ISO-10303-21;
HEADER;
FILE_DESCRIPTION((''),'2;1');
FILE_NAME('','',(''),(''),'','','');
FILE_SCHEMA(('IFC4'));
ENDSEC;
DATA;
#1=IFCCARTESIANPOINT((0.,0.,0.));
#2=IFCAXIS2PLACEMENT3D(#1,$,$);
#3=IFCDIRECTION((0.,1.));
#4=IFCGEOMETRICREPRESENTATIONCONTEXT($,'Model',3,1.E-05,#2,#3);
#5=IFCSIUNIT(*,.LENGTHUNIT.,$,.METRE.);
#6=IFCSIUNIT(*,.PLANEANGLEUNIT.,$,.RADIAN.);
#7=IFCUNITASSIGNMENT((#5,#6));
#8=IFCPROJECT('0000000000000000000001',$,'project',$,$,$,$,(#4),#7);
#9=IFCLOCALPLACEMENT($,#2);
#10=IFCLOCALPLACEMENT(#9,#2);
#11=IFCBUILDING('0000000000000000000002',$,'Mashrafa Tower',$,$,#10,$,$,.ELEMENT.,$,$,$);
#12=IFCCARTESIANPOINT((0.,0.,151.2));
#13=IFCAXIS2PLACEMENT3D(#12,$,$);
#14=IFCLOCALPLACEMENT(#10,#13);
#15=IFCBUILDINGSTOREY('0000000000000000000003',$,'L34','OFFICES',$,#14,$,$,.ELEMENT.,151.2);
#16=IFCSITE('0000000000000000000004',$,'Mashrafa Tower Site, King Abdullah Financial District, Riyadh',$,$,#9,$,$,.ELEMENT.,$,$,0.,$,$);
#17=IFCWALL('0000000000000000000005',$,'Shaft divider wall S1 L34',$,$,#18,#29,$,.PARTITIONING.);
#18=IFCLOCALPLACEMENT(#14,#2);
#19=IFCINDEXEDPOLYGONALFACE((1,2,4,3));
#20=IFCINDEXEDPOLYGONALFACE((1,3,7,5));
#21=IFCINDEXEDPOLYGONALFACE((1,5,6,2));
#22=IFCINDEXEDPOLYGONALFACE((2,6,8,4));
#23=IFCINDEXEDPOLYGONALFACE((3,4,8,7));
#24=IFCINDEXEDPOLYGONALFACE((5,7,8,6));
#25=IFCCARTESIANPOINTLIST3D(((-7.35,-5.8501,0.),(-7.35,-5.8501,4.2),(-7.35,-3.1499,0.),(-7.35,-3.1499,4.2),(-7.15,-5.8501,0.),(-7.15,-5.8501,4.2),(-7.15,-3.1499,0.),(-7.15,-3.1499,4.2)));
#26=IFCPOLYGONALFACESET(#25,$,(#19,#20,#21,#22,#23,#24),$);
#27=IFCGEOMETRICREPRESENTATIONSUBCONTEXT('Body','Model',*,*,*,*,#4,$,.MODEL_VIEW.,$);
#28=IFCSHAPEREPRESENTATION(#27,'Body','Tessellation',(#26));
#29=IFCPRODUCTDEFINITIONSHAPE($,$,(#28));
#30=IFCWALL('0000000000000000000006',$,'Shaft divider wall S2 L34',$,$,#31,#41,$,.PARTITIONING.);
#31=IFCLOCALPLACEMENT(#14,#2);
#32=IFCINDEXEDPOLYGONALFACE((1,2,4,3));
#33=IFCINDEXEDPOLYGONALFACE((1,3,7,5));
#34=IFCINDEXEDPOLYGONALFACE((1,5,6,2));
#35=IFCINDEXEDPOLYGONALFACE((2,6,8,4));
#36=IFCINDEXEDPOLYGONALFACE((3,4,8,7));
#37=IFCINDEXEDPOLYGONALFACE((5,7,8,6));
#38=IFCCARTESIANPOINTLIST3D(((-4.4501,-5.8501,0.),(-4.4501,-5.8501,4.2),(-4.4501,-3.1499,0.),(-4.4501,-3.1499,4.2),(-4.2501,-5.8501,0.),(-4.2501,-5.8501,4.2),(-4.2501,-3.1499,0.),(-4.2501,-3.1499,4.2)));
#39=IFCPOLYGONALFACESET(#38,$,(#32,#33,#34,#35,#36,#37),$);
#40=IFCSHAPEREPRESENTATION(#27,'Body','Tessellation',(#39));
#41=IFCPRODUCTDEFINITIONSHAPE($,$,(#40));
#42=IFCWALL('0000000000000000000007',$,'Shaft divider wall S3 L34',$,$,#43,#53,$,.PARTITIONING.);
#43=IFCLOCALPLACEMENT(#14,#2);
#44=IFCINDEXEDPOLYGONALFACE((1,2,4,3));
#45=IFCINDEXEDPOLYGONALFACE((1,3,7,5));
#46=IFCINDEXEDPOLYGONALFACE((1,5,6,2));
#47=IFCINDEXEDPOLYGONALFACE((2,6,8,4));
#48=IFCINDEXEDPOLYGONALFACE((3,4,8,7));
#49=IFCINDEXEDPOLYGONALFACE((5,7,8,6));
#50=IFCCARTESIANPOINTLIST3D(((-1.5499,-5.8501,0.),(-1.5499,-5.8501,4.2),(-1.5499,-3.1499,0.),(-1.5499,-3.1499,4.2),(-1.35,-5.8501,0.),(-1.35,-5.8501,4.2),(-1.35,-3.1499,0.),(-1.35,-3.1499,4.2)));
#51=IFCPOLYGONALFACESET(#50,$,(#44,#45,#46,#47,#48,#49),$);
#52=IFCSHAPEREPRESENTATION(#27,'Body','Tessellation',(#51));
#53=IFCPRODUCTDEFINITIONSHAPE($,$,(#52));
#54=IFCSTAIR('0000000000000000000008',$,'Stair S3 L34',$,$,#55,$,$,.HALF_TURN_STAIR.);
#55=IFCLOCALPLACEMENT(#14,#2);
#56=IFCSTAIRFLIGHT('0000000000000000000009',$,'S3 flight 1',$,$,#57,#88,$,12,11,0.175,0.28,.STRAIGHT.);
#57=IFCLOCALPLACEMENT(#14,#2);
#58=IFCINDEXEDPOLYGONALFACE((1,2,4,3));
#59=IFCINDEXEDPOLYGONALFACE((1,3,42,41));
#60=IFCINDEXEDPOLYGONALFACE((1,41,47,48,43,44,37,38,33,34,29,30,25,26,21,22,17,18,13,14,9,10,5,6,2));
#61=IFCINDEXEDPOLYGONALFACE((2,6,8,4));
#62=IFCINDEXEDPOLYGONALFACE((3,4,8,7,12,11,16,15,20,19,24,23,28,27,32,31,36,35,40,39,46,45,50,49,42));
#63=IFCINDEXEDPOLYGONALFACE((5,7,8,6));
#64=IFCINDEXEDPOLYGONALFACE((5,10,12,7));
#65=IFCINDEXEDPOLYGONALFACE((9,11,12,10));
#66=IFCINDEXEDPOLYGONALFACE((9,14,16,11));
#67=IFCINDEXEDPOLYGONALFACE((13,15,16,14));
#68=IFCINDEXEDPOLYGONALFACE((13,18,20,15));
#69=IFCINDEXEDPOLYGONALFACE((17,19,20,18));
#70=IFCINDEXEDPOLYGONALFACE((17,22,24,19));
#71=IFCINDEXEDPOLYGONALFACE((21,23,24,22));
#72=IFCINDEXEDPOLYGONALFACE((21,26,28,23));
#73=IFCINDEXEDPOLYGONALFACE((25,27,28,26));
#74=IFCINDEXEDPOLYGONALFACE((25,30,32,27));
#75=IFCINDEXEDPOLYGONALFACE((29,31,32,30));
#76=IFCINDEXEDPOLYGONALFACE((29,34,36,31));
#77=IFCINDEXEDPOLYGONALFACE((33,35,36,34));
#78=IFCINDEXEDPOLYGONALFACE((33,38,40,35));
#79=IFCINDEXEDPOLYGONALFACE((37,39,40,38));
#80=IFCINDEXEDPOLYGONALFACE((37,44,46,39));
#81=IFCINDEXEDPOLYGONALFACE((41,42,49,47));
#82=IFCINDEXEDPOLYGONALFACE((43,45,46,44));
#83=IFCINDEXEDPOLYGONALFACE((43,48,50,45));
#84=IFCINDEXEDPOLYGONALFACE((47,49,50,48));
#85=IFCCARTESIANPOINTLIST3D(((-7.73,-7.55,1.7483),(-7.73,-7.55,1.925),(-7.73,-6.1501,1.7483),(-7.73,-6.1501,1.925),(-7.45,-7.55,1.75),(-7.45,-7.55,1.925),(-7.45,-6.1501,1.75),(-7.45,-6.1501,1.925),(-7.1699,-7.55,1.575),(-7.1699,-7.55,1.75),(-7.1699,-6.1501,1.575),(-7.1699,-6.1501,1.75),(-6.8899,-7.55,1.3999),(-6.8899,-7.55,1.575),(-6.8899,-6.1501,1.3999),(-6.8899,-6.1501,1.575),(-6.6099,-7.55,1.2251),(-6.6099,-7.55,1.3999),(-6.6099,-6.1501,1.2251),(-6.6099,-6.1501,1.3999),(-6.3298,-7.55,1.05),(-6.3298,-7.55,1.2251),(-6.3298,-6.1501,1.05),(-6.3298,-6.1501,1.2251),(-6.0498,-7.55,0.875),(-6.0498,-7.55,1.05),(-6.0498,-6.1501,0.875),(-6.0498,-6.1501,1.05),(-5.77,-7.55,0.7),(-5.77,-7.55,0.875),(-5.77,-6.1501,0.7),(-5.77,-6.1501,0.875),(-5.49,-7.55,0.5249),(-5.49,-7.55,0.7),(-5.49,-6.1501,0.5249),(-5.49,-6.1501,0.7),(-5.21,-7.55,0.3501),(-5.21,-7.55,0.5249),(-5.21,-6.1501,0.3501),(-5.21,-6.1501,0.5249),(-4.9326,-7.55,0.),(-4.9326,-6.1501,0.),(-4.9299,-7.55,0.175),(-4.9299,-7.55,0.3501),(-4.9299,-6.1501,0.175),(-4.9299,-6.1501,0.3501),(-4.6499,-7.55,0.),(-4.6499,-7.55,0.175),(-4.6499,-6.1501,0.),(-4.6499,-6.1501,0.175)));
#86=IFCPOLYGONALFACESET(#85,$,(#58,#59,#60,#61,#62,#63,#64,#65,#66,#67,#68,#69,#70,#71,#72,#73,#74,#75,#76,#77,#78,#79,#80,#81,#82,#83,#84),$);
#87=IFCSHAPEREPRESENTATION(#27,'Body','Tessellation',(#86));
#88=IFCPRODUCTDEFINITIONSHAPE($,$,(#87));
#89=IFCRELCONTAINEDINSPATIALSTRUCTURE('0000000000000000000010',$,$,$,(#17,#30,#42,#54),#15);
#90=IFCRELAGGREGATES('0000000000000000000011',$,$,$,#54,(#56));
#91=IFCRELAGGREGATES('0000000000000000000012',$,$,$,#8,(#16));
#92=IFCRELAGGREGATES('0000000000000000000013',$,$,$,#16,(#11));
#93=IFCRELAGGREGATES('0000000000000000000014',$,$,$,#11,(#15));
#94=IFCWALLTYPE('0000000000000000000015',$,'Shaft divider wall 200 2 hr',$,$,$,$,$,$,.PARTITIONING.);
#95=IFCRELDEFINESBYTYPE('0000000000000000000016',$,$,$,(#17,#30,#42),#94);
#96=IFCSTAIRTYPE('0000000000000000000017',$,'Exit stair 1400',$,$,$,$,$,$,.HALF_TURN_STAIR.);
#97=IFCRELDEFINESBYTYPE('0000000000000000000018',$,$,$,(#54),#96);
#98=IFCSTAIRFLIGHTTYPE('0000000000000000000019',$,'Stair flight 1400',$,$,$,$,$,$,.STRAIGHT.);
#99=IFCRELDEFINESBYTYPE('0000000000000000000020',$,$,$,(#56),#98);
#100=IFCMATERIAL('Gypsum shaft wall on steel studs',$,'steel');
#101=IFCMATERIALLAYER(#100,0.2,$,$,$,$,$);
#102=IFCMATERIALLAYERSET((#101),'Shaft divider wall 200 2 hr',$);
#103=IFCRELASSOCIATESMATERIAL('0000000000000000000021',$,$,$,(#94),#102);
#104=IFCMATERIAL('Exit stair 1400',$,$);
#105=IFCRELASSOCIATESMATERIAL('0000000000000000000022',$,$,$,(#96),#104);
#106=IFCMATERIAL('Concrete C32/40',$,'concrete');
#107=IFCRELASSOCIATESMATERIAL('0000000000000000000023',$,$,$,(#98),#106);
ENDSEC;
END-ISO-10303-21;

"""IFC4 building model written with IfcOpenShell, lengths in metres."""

from ifc_helpers import new_model, si_unit, direction, frame, frame_2d, origin, place, context, subcontext, project, spatial, polyline, rectangle, outline, extrude, material, layer, layer_set, type_object, element, aggregate, save


model = new_model("IFC4")

# Units and contexts
model_context = context("Model", 3, precision=1e-05, world=origin(), true_north=direction((0.0, 1.0)))
body_context = subcontext(model_context, "Body", "Model", "MODEL_VIEW")
ifc_project = project(units=[si_unit("LENGTHUNIT", "METRE"), si_unit("PLANEANGLEUNIT", "RADIAN")], contexts=[model_context])

# Site, building, storey
site_placement = place(None, origin())
site = spatial("IfcSite", under=ifc_project, at=site_placement, Name="Mashrafa Tower Site, King Abdullah Financial District, Riyadh", CompositionType="ELEMENT", RefElevation=0.0)
building_placement = place(site_placement, origin())
building = spatial("IfcBuilding", under=site, at=building_placement, Name="Mashrafa Tower", CompositionType="ELEMENT")
storey_placement = place(building_placement, frame((0.0, 0.0, 151.2)))
storey = spatial("IfcBuildingStorey", under=building, at=storey_placement, Name="L34", Description="OFFICES", CompositionType="ELEMENT", Elevation=151.2)

# Walls
ifc_material_1 = material(Name="Gypsum shaft wall on steel studs", Category="steel")
ifc_layer_1 = layer(ifc_material_1, 0.2)
ifc_layer_set_1 = layer_set([ifc_layer_1], Name="Shaft divider wall 200 2 hr")
wall_type_1 = type_object("IfcWallType", Name="Shaft divider wall 200 2 hr", PredefinedType="PARTITIONING", material=ifc_layer_set_1)
for number, where, z_axis, x_axis, name in (
    (1, (-7.25, -5.8501, 0.0), (0.0, 0.0, 1.0), (0.0, 1.0, 0.0), "Shaft divider wall S1 L34"),
    (2, (-4.3501, -5.8501, 0.0), (0.0, 0.0, 1.0), (0.0, 1.0, 0.0), "Shaft divider wall S2 L34"),
    (3, (-1.45, -5.8501, 0.0), (0.0, 0.0, 1.0), (0.0, 1.0, 0.0), "Shaft divider wall S3 L34"),
):
    element("IfcWall", number, at=place(storey_placement, frame(where, z_axis=z_axis, x_axis=x_axis)), inside=storey, type_object=wall_type_1, Name=name, PredefinedType="PARTITIONING", context=body_context, shape_type="SweptSolid", body=[
        extrude(rectangle(XDim=2.7002, YDim=0.2, at=frame_2d((1.3501, 0.0))), origin(), (0.0, 0.0, 1.0), 4.2),
    ])

# Stair, stair flight
ifc_material_2 = material(Name="Exit stair 1400")
stair_type = type_object("IfcStairType", Name="Exit stair 1400", PredefinedType="HALF_TURN_STAIR", material=ifc_material_2)
stair_placement = place(storey_placement, origin())
stair = element("IfcStair", 4, at=stair_placement, inside=storey, type_object=stair_type, Name="Stair S3 L34", PredefinedType="HALF_TURN_STAIR")
ifc_material_3 = material(Name="Concrete C32/40", Category="concrete")
stair_flight_type = type_object("IfcStairFlightType", Name="Stair flight 1400", PredefinedType="STRAIGHT", material=ifc_material_3)
stair_flight_placement = place(storey_placement, frame((-4.6499, -6.8501, 0.0), z_axis=(0.0, 0.0, 1.0), x_axis=(-1.0, 0.0, 0.0)))
stair_flight = element("IfcStairFlight", 5, at=stair_flight_placement, type_object=stair_flight_type, Name="S3 flight 1", NumberOfRisers=12, NumberOfTreads=11, PredefinedType="STRAIGHT", RiserHeight=0.175, TreadLength=0.28, context=body_context, shape_type="SweptSolid", body=[
    extrude(outline(polyline([(0.0, 0.0), (0.0, 0.175), (0.28, 0.175), (0.28, 0.3501), (0.5601, 0.3501), (0.5601, 0.5249), (0.8401, 0.5249), (0.8401, 0.7), (1.1201, 0.7), (1.1201, 0.875), (1.3999, 0.875), (1.3999, 1.05), (1.6799, 1.05), (1.6799, 1.2251), (1.96, 1.2251), (1.96, 1.3999), (2.24, 1.3999), (2.24, 1.575), (2.52, 1.575), (2.52, 1.75), (2.8, 1.75), (2.8, 1.925), (3.0801, 1.925), (3.0801, 2.1001), (3.0801, 1.7483), (0.2827, 0.0), (0.0, 0.0)])), frame((0.0, 0.7, 0.0), z_axis=(0.0, -1.0, 0.0), x_axis=(1.0, 0.0, 0.0)), (0.0, 0.0, 1.0), 1.3999),
])
aggregate(stair, [stair_flight])

save(model, "model.ifc")
